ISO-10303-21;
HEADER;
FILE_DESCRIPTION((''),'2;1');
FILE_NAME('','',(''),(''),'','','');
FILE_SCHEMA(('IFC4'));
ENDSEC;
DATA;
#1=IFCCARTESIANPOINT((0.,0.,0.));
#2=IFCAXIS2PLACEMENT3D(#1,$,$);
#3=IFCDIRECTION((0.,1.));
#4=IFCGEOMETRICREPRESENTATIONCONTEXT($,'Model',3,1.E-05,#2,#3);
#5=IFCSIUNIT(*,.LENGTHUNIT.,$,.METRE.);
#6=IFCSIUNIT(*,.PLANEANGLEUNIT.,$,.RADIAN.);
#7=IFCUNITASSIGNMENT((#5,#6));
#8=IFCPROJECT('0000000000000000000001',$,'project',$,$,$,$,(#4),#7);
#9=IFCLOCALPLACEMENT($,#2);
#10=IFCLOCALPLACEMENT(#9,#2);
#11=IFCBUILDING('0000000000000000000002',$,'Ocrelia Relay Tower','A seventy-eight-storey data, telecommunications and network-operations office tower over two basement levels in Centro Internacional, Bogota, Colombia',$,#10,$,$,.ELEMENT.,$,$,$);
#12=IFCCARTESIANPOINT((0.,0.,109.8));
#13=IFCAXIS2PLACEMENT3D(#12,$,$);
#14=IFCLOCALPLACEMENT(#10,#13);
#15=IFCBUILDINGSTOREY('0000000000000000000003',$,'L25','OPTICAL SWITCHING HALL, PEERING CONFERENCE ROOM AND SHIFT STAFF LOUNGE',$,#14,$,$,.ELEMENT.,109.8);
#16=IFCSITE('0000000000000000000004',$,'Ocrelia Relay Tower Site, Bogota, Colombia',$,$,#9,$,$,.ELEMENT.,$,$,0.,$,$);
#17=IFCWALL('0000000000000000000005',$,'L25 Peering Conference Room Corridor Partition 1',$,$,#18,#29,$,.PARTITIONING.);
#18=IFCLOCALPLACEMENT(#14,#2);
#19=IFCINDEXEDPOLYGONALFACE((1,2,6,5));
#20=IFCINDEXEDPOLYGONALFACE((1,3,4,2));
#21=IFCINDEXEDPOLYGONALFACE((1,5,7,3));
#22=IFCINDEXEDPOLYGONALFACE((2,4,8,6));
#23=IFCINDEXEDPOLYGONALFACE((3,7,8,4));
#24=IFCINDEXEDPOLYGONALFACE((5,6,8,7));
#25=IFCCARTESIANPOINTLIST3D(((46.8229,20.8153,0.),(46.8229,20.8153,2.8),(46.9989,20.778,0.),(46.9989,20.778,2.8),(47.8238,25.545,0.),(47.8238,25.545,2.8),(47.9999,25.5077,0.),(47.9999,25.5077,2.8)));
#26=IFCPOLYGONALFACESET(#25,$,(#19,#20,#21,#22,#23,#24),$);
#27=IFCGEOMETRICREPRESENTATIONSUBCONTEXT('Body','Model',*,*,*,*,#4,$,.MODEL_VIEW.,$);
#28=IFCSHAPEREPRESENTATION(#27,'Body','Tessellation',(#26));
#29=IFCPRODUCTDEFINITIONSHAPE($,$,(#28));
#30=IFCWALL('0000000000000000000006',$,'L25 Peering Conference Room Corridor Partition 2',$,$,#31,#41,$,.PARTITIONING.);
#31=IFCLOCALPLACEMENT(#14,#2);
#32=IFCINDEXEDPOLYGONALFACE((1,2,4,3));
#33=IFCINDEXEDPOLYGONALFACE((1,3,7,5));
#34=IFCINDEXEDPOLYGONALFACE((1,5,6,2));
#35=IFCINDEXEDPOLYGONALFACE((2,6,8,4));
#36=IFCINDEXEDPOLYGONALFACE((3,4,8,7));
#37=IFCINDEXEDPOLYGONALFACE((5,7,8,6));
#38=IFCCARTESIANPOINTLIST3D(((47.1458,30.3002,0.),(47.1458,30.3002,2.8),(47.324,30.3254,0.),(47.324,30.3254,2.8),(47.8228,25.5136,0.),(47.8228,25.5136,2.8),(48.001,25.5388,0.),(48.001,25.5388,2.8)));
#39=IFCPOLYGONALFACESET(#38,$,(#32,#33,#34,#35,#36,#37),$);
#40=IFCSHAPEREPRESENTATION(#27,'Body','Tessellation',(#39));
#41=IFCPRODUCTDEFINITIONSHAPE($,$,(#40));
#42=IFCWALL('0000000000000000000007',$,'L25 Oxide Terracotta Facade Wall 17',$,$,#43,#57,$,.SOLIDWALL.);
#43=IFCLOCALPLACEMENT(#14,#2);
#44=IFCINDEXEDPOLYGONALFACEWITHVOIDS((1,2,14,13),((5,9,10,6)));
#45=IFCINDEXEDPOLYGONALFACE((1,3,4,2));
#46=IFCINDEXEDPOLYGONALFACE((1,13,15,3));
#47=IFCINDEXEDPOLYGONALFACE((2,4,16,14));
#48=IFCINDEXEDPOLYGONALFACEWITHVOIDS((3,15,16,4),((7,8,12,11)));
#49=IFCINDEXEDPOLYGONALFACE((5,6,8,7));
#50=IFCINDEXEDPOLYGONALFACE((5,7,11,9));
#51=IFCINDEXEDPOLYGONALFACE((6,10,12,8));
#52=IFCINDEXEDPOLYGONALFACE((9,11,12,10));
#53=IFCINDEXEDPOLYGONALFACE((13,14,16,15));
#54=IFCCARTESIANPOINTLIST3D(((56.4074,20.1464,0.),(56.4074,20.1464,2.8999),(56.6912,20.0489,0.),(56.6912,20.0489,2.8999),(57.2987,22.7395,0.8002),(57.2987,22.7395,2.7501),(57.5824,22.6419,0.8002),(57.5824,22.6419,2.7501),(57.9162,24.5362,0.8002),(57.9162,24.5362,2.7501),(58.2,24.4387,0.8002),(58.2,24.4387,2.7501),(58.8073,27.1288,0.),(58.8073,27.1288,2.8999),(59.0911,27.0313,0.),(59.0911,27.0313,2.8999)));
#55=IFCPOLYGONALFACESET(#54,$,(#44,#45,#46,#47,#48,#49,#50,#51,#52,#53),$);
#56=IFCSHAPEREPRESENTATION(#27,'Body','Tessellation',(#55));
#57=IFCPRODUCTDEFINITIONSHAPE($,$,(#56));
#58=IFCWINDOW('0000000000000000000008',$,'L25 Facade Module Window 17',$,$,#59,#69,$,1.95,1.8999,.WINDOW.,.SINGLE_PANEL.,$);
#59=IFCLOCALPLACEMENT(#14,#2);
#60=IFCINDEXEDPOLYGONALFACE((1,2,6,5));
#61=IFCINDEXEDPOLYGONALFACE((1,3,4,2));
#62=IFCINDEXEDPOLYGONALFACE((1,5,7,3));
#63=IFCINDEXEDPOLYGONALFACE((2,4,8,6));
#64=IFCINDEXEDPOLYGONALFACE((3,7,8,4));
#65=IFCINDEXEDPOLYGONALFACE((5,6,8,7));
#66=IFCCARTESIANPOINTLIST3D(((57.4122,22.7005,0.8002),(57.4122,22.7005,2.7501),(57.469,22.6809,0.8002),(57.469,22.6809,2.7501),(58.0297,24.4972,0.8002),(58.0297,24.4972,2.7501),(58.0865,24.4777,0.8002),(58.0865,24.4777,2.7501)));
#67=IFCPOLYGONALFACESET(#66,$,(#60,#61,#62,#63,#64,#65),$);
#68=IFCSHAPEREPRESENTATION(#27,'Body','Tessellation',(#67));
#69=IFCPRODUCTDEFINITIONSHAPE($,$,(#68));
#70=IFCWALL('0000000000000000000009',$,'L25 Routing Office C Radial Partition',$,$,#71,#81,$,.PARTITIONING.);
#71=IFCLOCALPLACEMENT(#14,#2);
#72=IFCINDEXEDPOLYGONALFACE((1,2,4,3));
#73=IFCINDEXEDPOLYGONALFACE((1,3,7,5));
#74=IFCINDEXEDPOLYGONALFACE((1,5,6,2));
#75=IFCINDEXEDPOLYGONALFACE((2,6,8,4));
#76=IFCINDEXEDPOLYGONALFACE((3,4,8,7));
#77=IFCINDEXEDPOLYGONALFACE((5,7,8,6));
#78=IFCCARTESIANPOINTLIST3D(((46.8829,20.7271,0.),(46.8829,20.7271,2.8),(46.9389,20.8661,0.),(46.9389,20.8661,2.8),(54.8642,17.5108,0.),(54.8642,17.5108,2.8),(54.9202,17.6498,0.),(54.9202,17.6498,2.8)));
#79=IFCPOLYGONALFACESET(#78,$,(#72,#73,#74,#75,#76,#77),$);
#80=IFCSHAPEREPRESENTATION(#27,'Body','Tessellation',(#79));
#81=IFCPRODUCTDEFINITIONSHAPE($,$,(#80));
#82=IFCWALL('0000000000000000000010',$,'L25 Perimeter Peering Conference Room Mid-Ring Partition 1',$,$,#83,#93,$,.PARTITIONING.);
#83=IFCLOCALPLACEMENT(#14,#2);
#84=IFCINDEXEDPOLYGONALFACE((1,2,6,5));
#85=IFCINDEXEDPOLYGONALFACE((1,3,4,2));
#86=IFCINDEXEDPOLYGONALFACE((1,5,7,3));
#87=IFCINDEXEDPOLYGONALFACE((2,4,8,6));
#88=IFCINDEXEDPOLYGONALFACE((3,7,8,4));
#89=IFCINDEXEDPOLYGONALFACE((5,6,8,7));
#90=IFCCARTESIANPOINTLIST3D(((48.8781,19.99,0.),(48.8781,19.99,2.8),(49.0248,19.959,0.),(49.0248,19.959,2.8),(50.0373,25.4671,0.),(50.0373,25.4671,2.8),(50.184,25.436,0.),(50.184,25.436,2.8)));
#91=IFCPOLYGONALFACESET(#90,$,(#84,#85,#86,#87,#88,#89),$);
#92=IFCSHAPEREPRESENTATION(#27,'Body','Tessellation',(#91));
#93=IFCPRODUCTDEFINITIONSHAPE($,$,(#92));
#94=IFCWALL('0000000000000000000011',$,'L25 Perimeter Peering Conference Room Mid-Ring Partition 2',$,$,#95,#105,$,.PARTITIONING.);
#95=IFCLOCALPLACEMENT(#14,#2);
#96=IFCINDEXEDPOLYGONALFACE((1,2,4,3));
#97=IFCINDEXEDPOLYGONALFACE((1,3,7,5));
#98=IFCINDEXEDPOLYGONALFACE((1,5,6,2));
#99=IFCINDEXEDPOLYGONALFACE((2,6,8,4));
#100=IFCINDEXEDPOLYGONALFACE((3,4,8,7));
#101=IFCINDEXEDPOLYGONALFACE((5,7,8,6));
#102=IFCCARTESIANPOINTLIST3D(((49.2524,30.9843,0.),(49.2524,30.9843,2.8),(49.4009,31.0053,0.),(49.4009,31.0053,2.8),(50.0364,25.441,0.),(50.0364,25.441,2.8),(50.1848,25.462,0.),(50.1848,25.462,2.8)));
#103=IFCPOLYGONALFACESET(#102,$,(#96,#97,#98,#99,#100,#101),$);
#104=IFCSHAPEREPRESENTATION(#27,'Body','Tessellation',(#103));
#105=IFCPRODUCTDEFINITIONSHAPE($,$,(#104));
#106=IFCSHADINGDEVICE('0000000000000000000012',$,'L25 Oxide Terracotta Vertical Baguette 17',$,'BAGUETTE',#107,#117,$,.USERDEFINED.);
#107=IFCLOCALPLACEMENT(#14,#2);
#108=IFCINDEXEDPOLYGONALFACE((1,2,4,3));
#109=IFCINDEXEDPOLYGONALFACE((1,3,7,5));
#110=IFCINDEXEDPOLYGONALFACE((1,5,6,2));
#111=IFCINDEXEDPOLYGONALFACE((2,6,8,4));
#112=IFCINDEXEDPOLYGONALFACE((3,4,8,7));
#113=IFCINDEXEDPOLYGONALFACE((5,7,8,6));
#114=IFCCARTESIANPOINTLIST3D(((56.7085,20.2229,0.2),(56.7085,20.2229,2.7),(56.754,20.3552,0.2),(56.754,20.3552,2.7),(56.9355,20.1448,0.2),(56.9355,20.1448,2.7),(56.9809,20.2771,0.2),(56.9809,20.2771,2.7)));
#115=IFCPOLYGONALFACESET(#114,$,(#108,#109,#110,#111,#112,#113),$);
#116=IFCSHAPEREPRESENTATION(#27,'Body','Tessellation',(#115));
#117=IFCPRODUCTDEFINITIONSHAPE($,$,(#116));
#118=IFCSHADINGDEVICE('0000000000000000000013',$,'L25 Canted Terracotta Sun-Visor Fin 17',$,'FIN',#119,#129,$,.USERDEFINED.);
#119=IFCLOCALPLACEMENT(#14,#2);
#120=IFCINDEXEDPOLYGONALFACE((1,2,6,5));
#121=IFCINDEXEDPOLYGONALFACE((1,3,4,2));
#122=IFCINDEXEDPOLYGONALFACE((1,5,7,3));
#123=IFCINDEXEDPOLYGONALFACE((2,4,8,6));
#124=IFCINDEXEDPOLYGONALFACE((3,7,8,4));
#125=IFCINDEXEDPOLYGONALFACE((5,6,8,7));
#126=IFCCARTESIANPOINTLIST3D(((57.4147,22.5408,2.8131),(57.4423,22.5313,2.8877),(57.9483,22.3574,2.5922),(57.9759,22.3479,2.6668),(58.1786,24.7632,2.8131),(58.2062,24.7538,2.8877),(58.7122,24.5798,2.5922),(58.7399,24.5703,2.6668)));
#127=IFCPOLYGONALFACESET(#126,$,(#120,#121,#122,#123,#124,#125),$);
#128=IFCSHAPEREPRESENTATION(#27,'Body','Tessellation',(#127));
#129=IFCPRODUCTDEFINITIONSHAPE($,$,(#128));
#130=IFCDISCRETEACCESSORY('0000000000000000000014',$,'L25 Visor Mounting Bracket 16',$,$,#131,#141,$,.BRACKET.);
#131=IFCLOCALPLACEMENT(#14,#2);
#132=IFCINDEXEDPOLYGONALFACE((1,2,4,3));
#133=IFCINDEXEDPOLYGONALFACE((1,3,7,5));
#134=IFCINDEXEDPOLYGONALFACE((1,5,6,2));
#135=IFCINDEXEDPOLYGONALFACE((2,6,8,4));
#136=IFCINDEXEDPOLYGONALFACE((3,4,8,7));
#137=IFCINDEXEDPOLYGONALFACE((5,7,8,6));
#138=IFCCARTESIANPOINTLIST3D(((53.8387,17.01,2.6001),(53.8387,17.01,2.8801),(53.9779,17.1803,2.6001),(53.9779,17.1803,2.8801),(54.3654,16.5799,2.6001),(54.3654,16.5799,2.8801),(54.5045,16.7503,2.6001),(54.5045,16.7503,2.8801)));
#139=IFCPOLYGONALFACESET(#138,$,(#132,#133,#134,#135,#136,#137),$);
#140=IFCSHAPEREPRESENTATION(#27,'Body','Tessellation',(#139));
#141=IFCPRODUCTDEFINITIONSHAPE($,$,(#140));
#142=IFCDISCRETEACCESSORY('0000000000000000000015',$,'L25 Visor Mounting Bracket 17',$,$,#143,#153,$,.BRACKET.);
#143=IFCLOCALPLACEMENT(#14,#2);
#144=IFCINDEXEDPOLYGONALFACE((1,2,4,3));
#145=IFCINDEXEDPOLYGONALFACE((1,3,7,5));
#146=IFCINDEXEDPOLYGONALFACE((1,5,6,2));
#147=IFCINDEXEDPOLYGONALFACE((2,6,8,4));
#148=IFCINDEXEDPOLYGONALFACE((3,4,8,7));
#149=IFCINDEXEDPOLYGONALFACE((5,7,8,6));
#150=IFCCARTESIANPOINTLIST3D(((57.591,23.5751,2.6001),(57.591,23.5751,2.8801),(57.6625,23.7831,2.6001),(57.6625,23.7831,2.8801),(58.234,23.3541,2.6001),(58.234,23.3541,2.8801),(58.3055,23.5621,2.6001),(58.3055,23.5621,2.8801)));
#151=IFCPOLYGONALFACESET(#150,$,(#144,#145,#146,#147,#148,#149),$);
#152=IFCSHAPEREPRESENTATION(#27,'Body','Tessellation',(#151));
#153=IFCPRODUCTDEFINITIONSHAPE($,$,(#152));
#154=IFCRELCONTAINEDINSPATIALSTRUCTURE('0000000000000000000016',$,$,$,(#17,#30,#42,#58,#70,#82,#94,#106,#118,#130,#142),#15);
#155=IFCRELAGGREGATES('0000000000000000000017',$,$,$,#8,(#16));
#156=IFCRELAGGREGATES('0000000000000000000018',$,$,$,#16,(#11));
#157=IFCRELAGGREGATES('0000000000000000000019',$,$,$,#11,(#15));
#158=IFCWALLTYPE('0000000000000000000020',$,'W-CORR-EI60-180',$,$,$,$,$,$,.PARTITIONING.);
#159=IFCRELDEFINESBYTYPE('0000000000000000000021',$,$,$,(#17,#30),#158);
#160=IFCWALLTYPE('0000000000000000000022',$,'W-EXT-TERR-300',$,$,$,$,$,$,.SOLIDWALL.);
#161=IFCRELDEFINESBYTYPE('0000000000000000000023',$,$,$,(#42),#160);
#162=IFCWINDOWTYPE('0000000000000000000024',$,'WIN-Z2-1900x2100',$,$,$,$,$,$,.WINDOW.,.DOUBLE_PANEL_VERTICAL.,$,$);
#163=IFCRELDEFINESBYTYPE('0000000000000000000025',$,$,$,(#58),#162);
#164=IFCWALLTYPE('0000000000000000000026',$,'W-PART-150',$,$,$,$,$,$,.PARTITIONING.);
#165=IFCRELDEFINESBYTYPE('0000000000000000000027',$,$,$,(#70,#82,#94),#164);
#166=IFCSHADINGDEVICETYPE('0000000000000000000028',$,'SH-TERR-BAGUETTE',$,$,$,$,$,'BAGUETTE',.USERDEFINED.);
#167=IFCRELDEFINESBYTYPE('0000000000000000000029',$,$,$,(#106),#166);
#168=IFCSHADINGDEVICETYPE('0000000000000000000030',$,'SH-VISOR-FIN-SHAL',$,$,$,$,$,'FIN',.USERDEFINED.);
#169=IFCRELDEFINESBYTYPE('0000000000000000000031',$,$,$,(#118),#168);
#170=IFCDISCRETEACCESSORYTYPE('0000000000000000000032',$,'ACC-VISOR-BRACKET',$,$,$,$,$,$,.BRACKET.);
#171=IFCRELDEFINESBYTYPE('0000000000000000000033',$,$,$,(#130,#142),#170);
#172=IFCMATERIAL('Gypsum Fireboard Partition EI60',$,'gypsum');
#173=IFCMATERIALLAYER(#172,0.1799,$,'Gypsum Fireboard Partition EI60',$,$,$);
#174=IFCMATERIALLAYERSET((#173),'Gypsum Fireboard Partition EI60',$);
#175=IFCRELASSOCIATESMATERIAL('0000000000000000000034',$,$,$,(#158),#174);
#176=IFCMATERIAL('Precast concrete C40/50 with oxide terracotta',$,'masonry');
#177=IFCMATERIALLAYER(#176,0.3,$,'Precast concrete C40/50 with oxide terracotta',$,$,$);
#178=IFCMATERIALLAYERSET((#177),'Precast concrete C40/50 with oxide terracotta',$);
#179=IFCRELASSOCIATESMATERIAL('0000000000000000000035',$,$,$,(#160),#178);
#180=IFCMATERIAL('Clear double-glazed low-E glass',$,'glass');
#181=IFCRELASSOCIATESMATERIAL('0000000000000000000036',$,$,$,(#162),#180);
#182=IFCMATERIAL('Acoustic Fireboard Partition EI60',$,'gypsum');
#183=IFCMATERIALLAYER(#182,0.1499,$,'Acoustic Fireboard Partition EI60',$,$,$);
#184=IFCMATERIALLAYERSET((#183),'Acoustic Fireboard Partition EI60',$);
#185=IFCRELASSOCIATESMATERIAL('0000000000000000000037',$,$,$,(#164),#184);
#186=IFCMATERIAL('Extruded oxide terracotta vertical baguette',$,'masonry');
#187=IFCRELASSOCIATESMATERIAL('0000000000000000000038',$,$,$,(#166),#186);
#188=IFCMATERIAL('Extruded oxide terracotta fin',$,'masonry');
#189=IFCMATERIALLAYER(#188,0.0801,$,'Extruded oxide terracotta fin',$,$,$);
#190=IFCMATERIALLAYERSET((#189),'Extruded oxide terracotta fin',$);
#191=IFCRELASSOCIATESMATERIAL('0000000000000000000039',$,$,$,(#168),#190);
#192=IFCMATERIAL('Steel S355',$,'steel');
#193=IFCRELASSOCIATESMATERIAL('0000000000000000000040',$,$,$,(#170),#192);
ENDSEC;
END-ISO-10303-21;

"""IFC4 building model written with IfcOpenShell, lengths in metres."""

from ifc_helpers import new_model, si_unit, direction, frame, frame_2d, origin, origin_2d, place, context, subcontext, project, spatial, rectangle, extrude, material, layer, layer_set, type_object, element, fill, save


model = new_model("IFC4")

# Units and contexts
model_context = context("Model", 3, precision=1e-05, world=origin(), true_north=direction((0.0, 1.0)))
body_context = subcontext(model_context, "Body", "Model", "MODEL_VIEW")
ifc_project = project(units=[si_unit("LENGTHUNIT", "METRE"), si_unit("PLANEANGLEUNIT", "RADIAN")], contexts=[model_context])

# Site, building, storey
site_placement = place(None, origin())
site = spatial("IfcSite", under=ifc_project, at=site_placement, Name="Ocrelia Relay Tower Site, Bogota, Colombia", CompositionType="ELEMENT", RefElevation=0.0)
building_placement = place(site_placement, origin())
building = spatial("IfcBuilding", under=site, at=building_placement, Name="Ocrelia Relay Tower", Description="A seventy-eight-storey data, telecommunications and network-operations office tower over two basement levels in Centro Internacional, Bogota, Colombia", CompositionType="ELEMENT")
storey_placement = place(building_placement, frame((0.0, 0.0, 109.8)))
storey = spatial("IfcBuildingStorey", under=building, at=storey_placement, Name="L25", Description="OPTICAL SWITCHING HALL, PEERING CONFERENCE ROOM AND SHIFT STAFF LOUNGE", CompositionType="ELEMENT", Elevation=109.8)

# Shared definitions
ifc_material_1 = material(Name="Steel S355", Category="steel")

# Shared definitions
ifc_material_2 = material(Name="Clear double-glazed low-E glass", Category="glass")

# Walls
ifc_material_3 = material(Name="Gypsum Fireboard Partition EI60", Category="gypsum")
ifc_layer_1 = layer(ifc_material_3, 0.1799, Name="Gypsum Fireboard Partition EI60")
ifc_layer_set_1 = layer_set([ifc_layer_1], Name="Gypsum Fireboard Partition EI60")
wall_type_1 = type_object("IfcWallType", Name="W-CORR-EI60-180", PredefinedType="PARTITIONING", material=ifc_layer_set_1)
wall_1_placement = place(storey_placement, frame((46.9109, 20.7966, 0.0), z_axis=(0.0, 0.0, 1.0), x_axis=(0.207049, 0.978331, 0.0)))
element("IfcWall", 1, at=wall_1_placement, inside=storey, type_object=wall_type_1, Name="L25 Peering Conference Room Corridor Partition 1", PredefinedType="PARTITIONING", context=body_context, shape_type="SweptSolid", body=[
    extrude(rectangle(XDim=4.8345, YDim=0.1799, at=frame_2d((2.4172, 0.0))), origin(), (0.0, 0.0, 1.0), 2.8),
])
wall_2_placement = place(storey_placement, frame((47.9119, 25.5264, 0.0), z_axis=(0.0, 0.0, 1.0), x_axis=(-0.140043, 0.990145, 0.0)))
element("IfcWall", 2, at=wall_2_placement, inside=storey, type_object=wall_type_1, Name="L25 Peering Conference Room Corridor Partition 2", PredefinedType="PARTITIONING", context=body_context, shape_type="SweptSolid", body=[
    extrude(rectangle(XDim=4.8342, YDim=0.1799, at=frame_2d((2.417, 0.0))), origin(), (0.0, 0.0, 1.0), 2.8),
])

# Wall, opening, window
ifc_material_4 = material(Name="Precast concrete C40/50 with oxide terracotta", Category="masonry")
ifc_layer_2 = layer(ifc_material_4, 0.3, Name="Precast concrete C40/50 with oxide terracotta")
ifc_layer_set_2 = layer_set([ifc_layer_2], Name="Precast concrete C40/50 with oxide terracotta")
wall_type_2 = type_object("IfcWallType", Name="W-EXT-TERR-300", PredefinedType="SOLIDWALL", material=ifc_layer_set_2)
wall_3_placement = place(storey_placement, frame((56.5493, 20.0977, 0.0), z_axis=(0.0, 0.0, 1.0), x_axis=(0.325043, 0.945699, 0.0)))
wall_3 = element("IfcWall", 3, at=wall_3_placement, inside=storey, type_object=wall_type_2, Name="L25 Oxide Terracotta Facade Wall 17", PredefinedType="SOLIDWALL", context=body_context, shape_type="SweptSolid", body=[
    extrude(rectangle(XDim=7.3833, YDim=0.3, at=frame_2d((3.6917, 0.0))), origin(), (0.0, 0.0, 1.0), 2.8999),
])
opening_placement = place(wall_3_placement, frame((2.7419, 0.0, 0.8)))
opening = element("IfcOpeningElement", 4, at=opening_placement, cuts=wall_3, PredefinedType="OPENING", context=body_context, shape_type="SweptSolid", body=[
    extrude(rectangle(XDim=1.8999, YDim=1.95, at=frame_2d((0.95, 0.9751))), frame((0.0, 0.1602, 0.0), z_axis=(0.0, -1.0, 0.0), x_axis=(1.0, 0.0, 0.0)), (0.0, 0.0, 1.0), 0.3201),
])
window_type = type_object("IfcWindowType", Name="WIN-Z2-1900x2100", PartitioningType="DOUBLE_PANEL_VERTICAL", PredefinedType="WINDOW", material=ifc_material_2)
window_placement = place(opening_placement, origin())
window = element("IfcWindow", 5, at=window_placement, inside=storey, type_object=window_type, Name="L25 Facade Module Window 17", OverallHeight=1.95, OverallWidth=1.8999, PartitioningType="SINGLE_PANEL", PredefinedType="WINDOW", context=body_context, shape_type="SweptSolid", body=[
    extrude(rectangle(XDim=1.8999, YDim=1.95, at=frame_2d((0.95, 0.9751))), frame((0.0, 0.03, 0.0), z_axis=(0.0, -1.0, 0.0), x_axis=(1.0, 0.0, 0.0)), (0.0, 0.0, 1.0), 0.0601),
])
fill(opening, window)

# Walls
ifc_material_5 = material(Name="Acoustic Fireboard Partition EI60", Category="gypsum")
ifc_layer_3 = layer(ifc_material_5, 0.1499, Name="Acoustic Fireboard Partition EI60")
ifc_layer_set_3 = layer_set([ifc_layer_3], Name="Acoustic Fireboard Partition EI60")
wall_type_3 = type_object("IfcWallType", Name="W-PART-150", PredefinedType="PARTITIONING", material=ifc_layer_set_3)
wall_4_placement = place(storey_placement, frame((46.9109, 20.7966, 0.0), z_axis=(0.0, 0.0, 1.0), x_axis=(0.927519, -0.373777, 0.0)))
element("IfcWall", 6, at=wall_4_placement, inside=storey, type_object=wall_type_3, Name="L25 Routing Office C Radial Partition", PredefinedType="PARTITIONING", context=body_context, shape_type="SweptSolid", body=[
    extrude(rectangle(XDim=8.605, YDim=0.1499, at=frame_2d((4.3025, 0.0))), origin(), (0.0, 0.0, 1.0), 2.8),
])
for number, where, z_axis, x_axis, name in (
    (7, (48.9514, 19.9744, 0.0), (0.0, 0.0, 1.0), (0.207057, 0.978329, 0.0), "L25 Perimeter Peering Conference Room Mid-Ring Partition 1"),
    (8, (50.1106, 25.4514, 0.0), (0.0, 0.0, 1.0), (-0.140029, 0.990147, 0.0), "L25 Perimeter Peering Conference Room Mid-Ring Partition 2"),
):
    element("IfcWall", number, at=place(storey_placement, frame(where, z_axis=z_axis, x_axis=x_axis)), inside=storey, type_object=wall_type_3, Name=name, PredefinedType="PARTITIONING", context=body_context, shape_type="SweptSolid", body=[
        extrude(rectangle(XDim=5.5984, YDim=0.1499, at=frame_2d((2.7993, 0.0))), origin(), (0.0, 0.0, 1.0), 2.8),
    ])

# Shading devices
ifc_material_6 = material(Name="Extruded oxide terracotta vertical baguette", Category="masonry")
shading_device_type_1 = type_object("IfcShadingDeviceType", Name="SH-TERR-BAGUETTE", ElementType="BAGUETTE", PredefinedType="USERDEFINED", material=ifc_material_6)
shading_device_1_placement = place(storey_placement, frame((56.8447, 20.25, 0.2), z_axis=(0.0, 0.0, 1.0), x_axis=(0.32506, 0.945693, 0.0)))
element("IfcShadingDevice", 9, at=shading_device_1_placement, inside=storey, type_object=shading_device_type_1, Name="L25 Oxide Terracotta Vertical Baguette 17", ObjectType="BAGUETTE", PredefinedType="USERDEFINED", context=body_context, shape_type="SweptSolid", body=[
    extrude(rectangle(XDim=0.1399, YDim=0.24, at=origin_2d()), origin(), (0.0, 0.0, 1.0), 2.5),
])
ifc_material_7 = material(Name="Extruded oxide terracotta fin", Category="masonry")
ifc_layer_4 = layer(ifc_material_7, 0.0801, Name="Extruded oxide terracotta fin")
ifc_layer_set_4 = layer_set([ifc_layer_4], Name="Extruded oxide terracotta fin")
shading_device_type_2 = type_object("IfcShadingDeviceType", Name="SH-VISOR-FIN-SHAL", ElementType="FIN", PredefinedType="USERDEFINED", material=ifc_layer_set_4)
shading_device_2_placement = place(storey_placement, frame((58.0635, 23.5603, 2.7026), z_axis=(0.344754, -0.118501, 0.931183), x_axis=(0.32506, 0.945693, 0.0)))
element("IfcShadingDevice", 10, at=shading_device_2_placement, inside=storey, type_object=shading_device_type_2, Name="L25 Canted Terracotta Sun-Visor Fin 17", ObjectType="FIN", PredefinedType="USERDEFINED", context=body_context, shape_type="SweptSolid", body=[
    extrude(rectangle(XDim=2.3501, YDim=0.606, at=origin_2d()), origin(), (0.0, 0.0, 1.0), 0.0801),
])

# Discrete accessories
discrete_accessory_type = type_object("IfcDiscreteAccessoryType", Name="ACC-VISOR-BRACKET", PredefinedType="BRACKET", material=ifc_material_1)
for number, where, z_axis, x_axis, name in (
    (11, (54.1716, 16.8801, 2.6001), (0.0, 0.0, 1.0), (0.632466, 0.774588, 0.0), "L25 Visor Mounting Bracket 16"),
    (12, (57.9482, 23.5686, 2.6001), (0.0, 0.0, 1.0), (0.32506, 0.945693, 0.0), "L25 Visor Mounting Bracket 17"),
):
    element("IfcDiscreteAccessory", number, at=place(storey_placement, frame(where, z_axis=z_axis, x_axis=x_axis)), inside=storey, type_object=discrete_accessory_type, Name=name, PredefinedType="BRACKET", context=body_context, shape_type="SweptSolid", body=[
        extrude(rectangle(XDim=0.22, YDim=0.6799, at=origin_2d()), origin(), (0.0, 0.0, 1.0), 0.28),
    ])

save(model, "model.ifc")
